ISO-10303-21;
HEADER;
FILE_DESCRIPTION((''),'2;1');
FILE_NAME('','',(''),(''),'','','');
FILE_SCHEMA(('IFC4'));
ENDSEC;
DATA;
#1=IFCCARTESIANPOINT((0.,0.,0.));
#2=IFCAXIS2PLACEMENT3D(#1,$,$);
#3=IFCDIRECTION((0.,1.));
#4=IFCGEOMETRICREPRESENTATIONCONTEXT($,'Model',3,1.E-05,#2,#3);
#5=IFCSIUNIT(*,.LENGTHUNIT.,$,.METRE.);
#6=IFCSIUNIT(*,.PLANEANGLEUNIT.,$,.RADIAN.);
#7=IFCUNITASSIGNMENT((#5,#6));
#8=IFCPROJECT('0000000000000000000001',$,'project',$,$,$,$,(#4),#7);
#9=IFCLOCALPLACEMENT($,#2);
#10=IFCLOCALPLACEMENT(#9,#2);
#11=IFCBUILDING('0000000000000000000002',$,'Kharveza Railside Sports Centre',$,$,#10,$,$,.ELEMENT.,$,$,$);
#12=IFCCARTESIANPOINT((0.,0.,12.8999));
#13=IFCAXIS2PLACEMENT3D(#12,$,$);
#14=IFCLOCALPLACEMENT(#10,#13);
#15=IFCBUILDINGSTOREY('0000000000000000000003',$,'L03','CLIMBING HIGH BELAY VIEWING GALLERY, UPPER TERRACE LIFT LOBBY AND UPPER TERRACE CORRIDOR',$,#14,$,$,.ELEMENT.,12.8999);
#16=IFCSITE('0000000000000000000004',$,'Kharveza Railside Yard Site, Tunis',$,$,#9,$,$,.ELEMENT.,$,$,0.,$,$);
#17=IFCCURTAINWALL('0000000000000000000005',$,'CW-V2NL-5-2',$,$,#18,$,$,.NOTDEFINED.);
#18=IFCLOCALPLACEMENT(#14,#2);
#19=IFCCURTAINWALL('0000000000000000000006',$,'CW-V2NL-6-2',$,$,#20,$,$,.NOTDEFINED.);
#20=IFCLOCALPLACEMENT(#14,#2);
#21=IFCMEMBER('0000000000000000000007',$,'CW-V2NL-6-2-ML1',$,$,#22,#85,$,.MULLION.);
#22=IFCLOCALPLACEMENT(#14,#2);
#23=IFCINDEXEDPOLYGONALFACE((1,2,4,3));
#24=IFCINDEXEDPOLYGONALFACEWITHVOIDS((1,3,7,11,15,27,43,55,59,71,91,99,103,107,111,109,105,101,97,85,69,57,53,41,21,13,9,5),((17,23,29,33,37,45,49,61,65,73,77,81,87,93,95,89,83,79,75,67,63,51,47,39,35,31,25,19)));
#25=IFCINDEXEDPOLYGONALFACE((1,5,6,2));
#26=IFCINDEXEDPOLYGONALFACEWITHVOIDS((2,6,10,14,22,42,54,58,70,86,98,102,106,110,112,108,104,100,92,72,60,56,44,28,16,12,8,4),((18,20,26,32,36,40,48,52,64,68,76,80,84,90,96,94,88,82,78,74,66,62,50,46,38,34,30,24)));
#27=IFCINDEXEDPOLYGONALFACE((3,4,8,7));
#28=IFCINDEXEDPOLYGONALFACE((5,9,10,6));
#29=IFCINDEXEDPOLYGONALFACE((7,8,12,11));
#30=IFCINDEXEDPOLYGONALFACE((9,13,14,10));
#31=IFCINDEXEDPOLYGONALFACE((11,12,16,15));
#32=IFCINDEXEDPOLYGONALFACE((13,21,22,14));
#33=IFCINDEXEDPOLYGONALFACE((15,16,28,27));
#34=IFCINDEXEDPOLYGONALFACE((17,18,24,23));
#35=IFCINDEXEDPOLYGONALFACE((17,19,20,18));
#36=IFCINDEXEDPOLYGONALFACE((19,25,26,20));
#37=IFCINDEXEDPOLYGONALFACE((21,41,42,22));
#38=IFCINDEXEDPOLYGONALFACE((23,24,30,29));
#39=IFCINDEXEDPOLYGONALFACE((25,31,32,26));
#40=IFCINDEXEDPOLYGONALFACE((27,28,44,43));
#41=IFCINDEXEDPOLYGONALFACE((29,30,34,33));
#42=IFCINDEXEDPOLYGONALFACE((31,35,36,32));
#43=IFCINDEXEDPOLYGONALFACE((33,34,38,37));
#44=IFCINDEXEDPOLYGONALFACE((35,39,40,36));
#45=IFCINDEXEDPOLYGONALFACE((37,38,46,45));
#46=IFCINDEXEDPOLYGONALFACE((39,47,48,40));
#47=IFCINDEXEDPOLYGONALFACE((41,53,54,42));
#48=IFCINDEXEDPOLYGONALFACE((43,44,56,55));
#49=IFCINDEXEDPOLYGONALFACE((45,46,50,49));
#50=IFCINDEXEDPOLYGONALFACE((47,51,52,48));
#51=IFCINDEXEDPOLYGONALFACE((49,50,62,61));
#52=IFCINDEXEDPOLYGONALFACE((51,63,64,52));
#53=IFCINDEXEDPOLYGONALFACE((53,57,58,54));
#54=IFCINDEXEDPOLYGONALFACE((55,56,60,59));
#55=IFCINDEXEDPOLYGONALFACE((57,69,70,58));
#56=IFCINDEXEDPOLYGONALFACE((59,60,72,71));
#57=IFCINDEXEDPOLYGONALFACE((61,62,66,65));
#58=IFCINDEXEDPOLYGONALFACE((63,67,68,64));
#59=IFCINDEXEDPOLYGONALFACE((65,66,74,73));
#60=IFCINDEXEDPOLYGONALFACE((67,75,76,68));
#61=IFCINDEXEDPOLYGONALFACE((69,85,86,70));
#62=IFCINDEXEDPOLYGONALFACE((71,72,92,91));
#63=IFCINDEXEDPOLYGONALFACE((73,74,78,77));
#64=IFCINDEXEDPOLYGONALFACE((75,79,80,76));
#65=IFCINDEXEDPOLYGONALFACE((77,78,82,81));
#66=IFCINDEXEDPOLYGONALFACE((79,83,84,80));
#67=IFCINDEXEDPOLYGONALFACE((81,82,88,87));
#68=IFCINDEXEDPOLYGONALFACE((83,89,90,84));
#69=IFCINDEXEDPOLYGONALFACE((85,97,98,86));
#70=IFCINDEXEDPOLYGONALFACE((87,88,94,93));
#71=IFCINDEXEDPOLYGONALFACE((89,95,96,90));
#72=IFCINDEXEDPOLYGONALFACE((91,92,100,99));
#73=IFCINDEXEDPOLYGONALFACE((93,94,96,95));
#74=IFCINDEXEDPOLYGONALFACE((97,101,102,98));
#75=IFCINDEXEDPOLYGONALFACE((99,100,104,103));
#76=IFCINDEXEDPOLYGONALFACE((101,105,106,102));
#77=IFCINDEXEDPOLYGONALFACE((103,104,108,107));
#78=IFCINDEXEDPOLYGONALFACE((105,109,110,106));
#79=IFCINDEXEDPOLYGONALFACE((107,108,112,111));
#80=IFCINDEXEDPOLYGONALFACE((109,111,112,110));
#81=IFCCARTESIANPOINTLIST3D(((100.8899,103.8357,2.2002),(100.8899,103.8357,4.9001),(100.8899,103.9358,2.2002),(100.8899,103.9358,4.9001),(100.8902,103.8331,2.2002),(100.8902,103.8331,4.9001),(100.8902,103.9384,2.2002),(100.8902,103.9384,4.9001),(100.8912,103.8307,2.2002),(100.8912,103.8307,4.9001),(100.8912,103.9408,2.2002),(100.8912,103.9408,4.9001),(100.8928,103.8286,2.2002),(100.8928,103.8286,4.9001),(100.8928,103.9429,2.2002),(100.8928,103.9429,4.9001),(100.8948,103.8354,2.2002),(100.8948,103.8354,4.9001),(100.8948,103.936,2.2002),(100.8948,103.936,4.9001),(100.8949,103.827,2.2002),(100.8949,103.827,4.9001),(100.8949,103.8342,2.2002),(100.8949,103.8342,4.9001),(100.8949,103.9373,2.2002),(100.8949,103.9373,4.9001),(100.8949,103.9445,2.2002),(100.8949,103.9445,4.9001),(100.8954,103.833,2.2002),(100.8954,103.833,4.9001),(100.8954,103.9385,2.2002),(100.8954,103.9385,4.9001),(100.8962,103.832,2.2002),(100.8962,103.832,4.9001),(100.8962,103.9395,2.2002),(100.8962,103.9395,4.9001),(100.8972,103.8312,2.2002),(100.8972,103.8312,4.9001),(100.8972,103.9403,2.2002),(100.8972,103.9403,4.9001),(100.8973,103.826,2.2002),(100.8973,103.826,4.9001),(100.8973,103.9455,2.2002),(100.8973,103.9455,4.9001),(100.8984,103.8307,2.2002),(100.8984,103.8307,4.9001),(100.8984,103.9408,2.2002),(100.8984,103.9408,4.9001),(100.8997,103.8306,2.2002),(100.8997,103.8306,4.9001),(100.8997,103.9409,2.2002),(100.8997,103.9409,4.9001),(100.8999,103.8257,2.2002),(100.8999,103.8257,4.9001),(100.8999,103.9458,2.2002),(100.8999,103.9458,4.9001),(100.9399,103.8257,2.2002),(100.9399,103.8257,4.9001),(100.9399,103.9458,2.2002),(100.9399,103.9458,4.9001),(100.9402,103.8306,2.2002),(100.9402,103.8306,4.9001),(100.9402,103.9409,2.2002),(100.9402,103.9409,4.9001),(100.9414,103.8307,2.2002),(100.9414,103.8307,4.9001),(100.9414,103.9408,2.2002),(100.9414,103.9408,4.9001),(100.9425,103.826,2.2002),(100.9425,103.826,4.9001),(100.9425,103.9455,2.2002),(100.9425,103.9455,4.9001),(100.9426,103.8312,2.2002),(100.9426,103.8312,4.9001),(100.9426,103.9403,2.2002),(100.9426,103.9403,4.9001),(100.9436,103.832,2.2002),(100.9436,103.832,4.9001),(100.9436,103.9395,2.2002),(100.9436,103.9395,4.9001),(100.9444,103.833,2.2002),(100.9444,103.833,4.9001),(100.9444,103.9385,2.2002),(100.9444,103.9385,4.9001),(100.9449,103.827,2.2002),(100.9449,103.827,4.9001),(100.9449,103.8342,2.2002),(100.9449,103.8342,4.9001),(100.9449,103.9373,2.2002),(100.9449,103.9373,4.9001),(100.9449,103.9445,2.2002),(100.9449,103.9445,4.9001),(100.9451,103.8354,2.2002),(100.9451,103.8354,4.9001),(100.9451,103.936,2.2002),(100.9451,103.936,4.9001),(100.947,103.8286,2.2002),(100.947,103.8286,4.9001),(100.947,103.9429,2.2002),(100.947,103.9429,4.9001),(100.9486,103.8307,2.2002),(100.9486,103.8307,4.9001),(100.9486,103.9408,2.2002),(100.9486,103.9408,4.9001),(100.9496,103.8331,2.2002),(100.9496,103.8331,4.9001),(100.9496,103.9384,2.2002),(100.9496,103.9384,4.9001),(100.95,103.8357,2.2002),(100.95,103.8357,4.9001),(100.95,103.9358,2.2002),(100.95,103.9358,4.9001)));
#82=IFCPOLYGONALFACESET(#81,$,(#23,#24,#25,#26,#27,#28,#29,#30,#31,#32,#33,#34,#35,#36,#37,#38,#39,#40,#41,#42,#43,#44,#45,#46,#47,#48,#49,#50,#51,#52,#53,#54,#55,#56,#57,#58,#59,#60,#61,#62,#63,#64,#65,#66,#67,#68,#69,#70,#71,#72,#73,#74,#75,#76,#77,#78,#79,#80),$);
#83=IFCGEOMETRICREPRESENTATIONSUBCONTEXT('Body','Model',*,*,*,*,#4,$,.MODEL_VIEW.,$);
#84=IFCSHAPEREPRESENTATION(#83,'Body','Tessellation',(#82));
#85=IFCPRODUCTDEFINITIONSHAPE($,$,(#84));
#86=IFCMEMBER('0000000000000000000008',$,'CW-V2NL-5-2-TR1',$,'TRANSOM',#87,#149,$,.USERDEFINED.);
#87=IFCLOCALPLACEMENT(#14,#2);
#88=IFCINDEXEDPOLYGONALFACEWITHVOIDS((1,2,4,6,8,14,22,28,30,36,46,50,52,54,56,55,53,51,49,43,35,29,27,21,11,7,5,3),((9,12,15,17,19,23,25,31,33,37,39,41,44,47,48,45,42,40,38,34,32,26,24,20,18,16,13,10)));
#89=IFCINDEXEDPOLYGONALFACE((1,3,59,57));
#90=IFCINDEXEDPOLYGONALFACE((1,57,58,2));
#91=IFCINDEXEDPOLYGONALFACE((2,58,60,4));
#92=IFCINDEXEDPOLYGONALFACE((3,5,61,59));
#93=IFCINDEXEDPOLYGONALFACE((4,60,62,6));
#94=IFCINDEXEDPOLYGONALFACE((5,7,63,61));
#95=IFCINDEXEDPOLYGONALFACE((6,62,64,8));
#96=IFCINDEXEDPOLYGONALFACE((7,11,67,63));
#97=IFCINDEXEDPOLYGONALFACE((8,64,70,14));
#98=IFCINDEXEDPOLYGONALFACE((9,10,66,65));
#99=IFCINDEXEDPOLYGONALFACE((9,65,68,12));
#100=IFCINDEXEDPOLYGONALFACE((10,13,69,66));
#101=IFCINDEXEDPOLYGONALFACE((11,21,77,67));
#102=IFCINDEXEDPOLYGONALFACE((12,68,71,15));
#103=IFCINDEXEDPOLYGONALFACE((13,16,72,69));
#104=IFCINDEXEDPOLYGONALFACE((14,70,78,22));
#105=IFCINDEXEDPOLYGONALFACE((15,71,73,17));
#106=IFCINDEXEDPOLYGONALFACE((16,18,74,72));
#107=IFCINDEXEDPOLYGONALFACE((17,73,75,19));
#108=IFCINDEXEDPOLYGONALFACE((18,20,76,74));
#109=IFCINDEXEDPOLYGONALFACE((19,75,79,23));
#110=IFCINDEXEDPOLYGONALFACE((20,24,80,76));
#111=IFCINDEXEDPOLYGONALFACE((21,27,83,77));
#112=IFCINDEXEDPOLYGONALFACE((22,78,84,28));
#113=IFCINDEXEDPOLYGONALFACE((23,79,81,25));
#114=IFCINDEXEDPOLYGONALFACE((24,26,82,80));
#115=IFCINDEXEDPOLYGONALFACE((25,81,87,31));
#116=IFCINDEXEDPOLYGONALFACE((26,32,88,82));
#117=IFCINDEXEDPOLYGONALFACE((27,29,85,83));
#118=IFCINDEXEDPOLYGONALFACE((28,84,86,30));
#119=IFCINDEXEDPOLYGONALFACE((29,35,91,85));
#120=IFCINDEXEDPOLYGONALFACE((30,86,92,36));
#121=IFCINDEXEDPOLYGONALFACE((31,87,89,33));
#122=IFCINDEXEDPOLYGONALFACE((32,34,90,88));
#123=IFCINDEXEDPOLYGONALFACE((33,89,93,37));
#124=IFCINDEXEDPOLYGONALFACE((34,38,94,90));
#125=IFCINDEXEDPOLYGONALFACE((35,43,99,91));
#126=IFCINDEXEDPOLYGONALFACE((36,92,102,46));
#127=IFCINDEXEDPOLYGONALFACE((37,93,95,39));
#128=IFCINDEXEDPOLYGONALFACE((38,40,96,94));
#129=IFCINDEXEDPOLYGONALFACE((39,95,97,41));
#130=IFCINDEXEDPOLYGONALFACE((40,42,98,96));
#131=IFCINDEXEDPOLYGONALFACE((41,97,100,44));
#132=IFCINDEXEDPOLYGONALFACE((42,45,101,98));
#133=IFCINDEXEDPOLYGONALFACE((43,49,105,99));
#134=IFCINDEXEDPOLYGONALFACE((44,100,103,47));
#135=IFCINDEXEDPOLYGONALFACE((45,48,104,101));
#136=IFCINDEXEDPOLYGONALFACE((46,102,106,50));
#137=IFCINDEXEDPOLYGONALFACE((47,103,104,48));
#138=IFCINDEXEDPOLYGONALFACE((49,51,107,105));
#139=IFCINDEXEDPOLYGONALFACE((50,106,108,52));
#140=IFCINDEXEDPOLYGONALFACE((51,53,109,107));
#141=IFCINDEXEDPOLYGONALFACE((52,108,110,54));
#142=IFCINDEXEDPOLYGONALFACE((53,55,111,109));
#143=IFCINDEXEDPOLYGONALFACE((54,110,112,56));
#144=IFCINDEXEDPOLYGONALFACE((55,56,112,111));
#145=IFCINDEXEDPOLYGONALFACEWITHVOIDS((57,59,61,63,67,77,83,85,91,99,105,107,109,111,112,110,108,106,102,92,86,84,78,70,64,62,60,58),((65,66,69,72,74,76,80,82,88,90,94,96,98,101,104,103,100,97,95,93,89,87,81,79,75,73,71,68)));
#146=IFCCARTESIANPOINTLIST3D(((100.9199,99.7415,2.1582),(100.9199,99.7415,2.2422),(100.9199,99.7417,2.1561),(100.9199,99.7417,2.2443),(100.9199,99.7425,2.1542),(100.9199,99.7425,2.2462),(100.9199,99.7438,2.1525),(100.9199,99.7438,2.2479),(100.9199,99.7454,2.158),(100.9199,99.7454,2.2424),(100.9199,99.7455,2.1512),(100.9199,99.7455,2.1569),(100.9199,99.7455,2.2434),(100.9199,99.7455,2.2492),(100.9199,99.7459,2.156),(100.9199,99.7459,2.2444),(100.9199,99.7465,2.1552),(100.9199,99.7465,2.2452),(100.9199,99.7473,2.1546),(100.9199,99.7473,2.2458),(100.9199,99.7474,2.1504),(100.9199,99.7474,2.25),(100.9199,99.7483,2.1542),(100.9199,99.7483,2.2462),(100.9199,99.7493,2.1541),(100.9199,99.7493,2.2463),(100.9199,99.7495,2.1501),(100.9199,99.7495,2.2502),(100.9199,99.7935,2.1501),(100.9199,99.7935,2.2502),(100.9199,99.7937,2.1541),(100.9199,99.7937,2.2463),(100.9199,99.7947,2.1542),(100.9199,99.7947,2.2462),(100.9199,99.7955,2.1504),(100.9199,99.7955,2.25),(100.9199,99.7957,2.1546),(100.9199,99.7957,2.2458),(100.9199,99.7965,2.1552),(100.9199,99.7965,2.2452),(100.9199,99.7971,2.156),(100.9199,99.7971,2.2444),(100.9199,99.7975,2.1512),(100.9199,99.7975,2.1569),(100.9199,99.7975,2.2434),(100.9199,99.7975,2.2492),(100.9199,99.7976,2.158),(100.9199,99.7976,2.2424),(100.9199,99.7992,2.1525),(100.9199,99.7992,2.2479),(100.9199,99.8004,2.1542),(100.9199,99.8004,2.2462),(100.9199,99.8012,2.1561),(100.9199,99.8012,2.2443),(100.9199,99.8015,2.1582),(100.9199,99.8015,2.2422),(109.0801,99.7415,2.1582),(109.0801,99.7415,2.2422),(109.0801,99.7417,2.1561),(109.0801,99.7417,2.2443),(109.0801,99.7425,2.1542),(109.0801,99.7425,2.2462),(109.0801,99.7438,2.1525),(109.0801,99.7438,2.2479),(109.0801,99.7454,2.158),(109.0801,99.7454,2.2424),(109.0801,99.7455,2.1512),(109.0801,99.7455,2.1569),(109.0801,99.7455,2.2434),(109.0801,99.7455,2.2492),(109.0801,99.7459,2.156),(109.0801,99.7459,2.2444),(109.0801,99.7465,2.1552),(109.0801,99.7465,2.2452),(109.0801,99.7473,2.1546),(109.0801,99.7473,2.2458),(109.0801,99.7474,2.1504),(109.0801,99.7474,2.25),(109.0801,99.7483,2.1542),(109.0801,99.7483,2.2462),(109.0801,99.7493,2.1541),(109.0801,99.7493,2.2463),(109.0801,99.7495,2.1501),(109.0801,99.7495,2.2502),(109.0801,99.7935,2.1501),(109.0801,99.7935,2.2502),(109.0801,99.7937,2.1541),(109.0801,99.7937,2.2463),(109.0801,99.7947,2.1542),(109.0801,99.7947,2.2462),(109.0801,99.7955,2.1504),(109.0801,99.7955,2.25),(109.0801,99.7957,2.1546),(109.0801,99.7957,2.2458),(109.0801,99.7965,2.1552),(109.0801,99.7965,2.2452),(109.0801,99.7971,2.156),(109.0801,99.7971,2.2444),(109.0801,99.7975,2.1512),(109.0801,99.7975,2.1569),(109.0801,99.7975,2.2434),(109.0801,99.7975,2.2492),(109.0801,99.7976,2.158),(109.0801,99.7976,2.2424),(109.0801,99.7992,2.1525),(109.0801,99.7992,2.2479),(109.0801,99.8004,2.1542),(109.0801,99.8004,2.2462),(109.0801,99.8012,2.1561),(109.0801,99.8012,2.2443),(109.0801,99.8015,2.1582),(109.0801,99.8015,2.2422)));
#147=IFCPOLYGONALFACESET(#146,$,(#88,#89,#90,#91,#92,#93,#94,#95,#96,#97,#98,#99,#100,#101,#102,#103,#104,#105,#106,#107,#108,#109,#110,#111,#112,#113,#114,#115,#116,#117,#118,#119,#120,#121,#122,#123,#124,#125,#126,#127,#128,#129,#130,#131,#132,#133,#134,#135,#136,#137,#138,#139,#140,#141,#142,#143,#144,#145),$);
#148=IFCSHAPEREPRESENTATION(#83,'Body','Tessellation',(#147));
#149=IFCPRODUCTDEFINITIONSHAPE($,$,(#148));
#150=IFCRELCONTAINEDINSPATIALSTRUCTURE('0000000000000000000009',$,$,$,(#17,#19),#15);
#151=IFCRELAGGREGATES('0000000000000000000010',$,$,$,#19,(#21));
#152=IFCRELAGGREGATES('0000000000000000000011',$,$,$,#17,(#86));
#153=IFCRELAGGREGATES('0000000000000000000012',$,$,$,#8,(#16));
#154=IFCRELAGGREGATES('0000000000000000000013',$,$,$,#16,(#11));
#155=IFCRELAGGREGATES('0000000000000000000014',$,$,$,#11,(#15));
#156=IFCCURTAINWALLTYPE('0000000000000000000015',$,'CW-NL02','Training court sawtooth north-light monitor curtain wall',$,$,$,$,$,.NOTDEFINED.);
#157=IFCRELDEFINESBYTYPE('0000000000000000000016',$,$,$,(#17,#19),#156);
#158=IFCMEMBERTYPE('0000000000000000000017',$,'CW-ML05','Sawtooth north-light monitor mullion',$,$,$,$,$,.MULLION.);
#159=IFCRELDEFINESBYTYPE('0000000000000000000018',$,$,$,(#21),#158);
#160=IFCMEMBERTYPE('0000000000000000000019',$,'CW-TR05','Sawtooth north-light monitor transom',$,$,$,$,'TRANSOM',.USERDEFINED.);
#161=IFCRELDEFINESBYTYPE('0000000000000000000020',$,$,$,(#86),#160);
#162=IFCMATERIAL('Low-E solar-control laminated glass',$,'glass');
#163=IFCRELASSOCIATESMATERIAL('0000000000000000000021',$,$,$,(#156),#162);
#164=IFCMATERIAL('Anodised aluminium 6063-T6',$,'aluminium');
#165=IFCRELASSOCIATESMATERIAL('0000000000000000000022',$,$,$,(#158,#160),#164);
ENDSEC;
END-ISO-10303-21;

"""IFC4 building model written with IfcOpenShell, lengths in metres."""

from ifc_helpers import new_model, si_unit, direction, frame, origin, origin_2d, place, context, subcontext, project, spatial, hollow_rectangle, extrude, material, material_profile, profile_set, type_object, element, aggregate, save


model = new_model("IFC4")

# Units and contexts
model_context = context("Model", 3, precision=1e-05, world=origin(), true_north=direction((0.0, 1.0)))
body_context = subcontext(model_context, "Body", "Model", "MODEL_VIEW")
ifc_project = project(units=[si_unit("LENGTHUNIT", "METRE"), si_unit("PLANEANGLEUNIT", "RADIAN")], contexts=[model_context])

# Site, building, storey
site_placement = place(None, origin())
site = spatial("IfcSite", under=ifc_project, at=site_placement, Name="Kharveza Railside Yard Site, Tunis", CompositionType="ELEMENT", RefElevation=0.0)
building_placement = place(site_placement, origin())
building = spatial("IfcBuilding", under=site, at=building_placement, Name="Kharveza Railside Sports Centre", CompositionType="ELEMENT")
storey_placement = place(building_placement, frame((0.0, 0.0, 12.8999)))
storey = spatial("IfcBuildingStorey", under=building, at=storey_placement, Name="L03", Description="CLIMBING HIGH BELAY VIEWING GALLERY, UPPER TERRACE LIFT LOBBY AND UPPER TERRACE CORRIDOR", CompositionType="ELEMENT", Elevation=12.8999)

# Curtain wall
ifc_material_1 = material(Name="Low-E solar-control laminated glass", Category="glass")
curtain_wall_type = type_object("IfcCurtainWallType", Name="CW-NL02", Description="Training court sawtooth north-light monitor curtain wall", PredefinedType="NOTDEFINED", material=ifc_material_1)
curtain_wall_1_placement = place(storey_placement, origin())
curtain_wall_1 = element("IfcCurtainWall", 1, at=curtain_wall_1_placement, inside=storey, type_object=curtain_wall_type, Name="CW-V2NL-5-2", PredefinedType="NOTDEFINED")
ifc_material_2 = material(Name="Anodised aluminium 6063-T6", Category="aluminium")
ifc_material_profile_1 = material_profile(ifc_material_2, hollow_rectangle(XDim=0.0601, YDim=0.1201, WallThickness=0.0049, InnerFilletRadius=0.0049, OuterFilletRadius=0.01, at=origin_2d()), Name="RHS 60x120x5.0")
ifc_profile_set_1 = profile_set([ifc_material_profile_1], Name="Anodised aluminium 6063-T6")
member_type_1 = type_object("IfcMemberType", Name="CW-ML05", Description="Sawtooth north-light monitor mullion", PredefinedType="MULLION", material=ifc_profile_set_1)

# Curtain wall, member
curtain_wall_2_placement = place(storey_placement, origin())
curtain_wall_2 = element("IfcCurtainWall", 2, at=curtain_wall_2_placement, inside=storey, type_object=curtain_wall_type, Name="CW-V2NL-6-2", PredefinedType="NOTDEFINED")
member_1_placement = place(storey_placement, frame((100.9199, 103.8857, 2.2002), z_axis=(0.0, 0.0, 1.0), x_axis=(1.0, 0.0, 0.0)))
member_1 = element("IfcMember", 3, at=member_1_placement, type_object=member_type_1, Name="CW-V2NL-6-2-ML1", PredefinedType="MULLION", context=body_context, shape_type="SweptSolid", body=[
    extrude(hollow_rectangle(XDim=0.0601, YDim=0.1201, WallThickness=0.0049, InnerFilletRadius=0.0049, OuterFilletRadius=0.01, at=origin_2d()), origin(), (0.0, 0.0, 1.0), 2.7),
])

# Member
ifc_material_profile_2 = material_profile(ifc_material_2, hollow_rectangle(XDim=0.0601, YDim=0.1001, WallThickness=0.0039, InnerFilletRadius=0.0039, OuterFilletRadius=0.0081, at=origin_2d()), Name="RHS 60x100x4.0")
ifc_profile_set_2 = profile_set([ifc_material_profile_2], Name="Anodised aluminium 6063-T6")
member_type_2 = type_object("IfcMemberType", Name="CW-TR05", Description="Sawtooth north-light monitor transom", ElementType="TRANSOM", PredefinedType="USERDEFINED", material=ifc_profile_set_2)
member_2_placement = place(storey_placement, frame((100.9199, 99.7715, 2.2002), z_axis=(1.0, 0.0, 0.0), x_axis=(0.0, 1.0, 0.0)))
member_2 = element("IfcMember", 4, at=member_2_placement, type_object=member_type_2, Name="CW-V2NL-5-2-TR1", ObjectType="TRANSOM", PredefinedType="USERDEFINED", context=body_context, shape_type="SweptSolid", body=[
    extrude(hollow_rectangle(XDim=0.0601, YDim=0.1001, WallThickness=0.0039, InnerFilletRadius=0.0039, OuterFilletRadius=0.0081, at=origin_2d()), origin(), (0.0, 0.0, 1.0), 8.1602),
])
aggregate(curtain_wall_2, [member_1])

aggregate(curtain_wall_1, [member_2])

save(model, "model.ifc")
